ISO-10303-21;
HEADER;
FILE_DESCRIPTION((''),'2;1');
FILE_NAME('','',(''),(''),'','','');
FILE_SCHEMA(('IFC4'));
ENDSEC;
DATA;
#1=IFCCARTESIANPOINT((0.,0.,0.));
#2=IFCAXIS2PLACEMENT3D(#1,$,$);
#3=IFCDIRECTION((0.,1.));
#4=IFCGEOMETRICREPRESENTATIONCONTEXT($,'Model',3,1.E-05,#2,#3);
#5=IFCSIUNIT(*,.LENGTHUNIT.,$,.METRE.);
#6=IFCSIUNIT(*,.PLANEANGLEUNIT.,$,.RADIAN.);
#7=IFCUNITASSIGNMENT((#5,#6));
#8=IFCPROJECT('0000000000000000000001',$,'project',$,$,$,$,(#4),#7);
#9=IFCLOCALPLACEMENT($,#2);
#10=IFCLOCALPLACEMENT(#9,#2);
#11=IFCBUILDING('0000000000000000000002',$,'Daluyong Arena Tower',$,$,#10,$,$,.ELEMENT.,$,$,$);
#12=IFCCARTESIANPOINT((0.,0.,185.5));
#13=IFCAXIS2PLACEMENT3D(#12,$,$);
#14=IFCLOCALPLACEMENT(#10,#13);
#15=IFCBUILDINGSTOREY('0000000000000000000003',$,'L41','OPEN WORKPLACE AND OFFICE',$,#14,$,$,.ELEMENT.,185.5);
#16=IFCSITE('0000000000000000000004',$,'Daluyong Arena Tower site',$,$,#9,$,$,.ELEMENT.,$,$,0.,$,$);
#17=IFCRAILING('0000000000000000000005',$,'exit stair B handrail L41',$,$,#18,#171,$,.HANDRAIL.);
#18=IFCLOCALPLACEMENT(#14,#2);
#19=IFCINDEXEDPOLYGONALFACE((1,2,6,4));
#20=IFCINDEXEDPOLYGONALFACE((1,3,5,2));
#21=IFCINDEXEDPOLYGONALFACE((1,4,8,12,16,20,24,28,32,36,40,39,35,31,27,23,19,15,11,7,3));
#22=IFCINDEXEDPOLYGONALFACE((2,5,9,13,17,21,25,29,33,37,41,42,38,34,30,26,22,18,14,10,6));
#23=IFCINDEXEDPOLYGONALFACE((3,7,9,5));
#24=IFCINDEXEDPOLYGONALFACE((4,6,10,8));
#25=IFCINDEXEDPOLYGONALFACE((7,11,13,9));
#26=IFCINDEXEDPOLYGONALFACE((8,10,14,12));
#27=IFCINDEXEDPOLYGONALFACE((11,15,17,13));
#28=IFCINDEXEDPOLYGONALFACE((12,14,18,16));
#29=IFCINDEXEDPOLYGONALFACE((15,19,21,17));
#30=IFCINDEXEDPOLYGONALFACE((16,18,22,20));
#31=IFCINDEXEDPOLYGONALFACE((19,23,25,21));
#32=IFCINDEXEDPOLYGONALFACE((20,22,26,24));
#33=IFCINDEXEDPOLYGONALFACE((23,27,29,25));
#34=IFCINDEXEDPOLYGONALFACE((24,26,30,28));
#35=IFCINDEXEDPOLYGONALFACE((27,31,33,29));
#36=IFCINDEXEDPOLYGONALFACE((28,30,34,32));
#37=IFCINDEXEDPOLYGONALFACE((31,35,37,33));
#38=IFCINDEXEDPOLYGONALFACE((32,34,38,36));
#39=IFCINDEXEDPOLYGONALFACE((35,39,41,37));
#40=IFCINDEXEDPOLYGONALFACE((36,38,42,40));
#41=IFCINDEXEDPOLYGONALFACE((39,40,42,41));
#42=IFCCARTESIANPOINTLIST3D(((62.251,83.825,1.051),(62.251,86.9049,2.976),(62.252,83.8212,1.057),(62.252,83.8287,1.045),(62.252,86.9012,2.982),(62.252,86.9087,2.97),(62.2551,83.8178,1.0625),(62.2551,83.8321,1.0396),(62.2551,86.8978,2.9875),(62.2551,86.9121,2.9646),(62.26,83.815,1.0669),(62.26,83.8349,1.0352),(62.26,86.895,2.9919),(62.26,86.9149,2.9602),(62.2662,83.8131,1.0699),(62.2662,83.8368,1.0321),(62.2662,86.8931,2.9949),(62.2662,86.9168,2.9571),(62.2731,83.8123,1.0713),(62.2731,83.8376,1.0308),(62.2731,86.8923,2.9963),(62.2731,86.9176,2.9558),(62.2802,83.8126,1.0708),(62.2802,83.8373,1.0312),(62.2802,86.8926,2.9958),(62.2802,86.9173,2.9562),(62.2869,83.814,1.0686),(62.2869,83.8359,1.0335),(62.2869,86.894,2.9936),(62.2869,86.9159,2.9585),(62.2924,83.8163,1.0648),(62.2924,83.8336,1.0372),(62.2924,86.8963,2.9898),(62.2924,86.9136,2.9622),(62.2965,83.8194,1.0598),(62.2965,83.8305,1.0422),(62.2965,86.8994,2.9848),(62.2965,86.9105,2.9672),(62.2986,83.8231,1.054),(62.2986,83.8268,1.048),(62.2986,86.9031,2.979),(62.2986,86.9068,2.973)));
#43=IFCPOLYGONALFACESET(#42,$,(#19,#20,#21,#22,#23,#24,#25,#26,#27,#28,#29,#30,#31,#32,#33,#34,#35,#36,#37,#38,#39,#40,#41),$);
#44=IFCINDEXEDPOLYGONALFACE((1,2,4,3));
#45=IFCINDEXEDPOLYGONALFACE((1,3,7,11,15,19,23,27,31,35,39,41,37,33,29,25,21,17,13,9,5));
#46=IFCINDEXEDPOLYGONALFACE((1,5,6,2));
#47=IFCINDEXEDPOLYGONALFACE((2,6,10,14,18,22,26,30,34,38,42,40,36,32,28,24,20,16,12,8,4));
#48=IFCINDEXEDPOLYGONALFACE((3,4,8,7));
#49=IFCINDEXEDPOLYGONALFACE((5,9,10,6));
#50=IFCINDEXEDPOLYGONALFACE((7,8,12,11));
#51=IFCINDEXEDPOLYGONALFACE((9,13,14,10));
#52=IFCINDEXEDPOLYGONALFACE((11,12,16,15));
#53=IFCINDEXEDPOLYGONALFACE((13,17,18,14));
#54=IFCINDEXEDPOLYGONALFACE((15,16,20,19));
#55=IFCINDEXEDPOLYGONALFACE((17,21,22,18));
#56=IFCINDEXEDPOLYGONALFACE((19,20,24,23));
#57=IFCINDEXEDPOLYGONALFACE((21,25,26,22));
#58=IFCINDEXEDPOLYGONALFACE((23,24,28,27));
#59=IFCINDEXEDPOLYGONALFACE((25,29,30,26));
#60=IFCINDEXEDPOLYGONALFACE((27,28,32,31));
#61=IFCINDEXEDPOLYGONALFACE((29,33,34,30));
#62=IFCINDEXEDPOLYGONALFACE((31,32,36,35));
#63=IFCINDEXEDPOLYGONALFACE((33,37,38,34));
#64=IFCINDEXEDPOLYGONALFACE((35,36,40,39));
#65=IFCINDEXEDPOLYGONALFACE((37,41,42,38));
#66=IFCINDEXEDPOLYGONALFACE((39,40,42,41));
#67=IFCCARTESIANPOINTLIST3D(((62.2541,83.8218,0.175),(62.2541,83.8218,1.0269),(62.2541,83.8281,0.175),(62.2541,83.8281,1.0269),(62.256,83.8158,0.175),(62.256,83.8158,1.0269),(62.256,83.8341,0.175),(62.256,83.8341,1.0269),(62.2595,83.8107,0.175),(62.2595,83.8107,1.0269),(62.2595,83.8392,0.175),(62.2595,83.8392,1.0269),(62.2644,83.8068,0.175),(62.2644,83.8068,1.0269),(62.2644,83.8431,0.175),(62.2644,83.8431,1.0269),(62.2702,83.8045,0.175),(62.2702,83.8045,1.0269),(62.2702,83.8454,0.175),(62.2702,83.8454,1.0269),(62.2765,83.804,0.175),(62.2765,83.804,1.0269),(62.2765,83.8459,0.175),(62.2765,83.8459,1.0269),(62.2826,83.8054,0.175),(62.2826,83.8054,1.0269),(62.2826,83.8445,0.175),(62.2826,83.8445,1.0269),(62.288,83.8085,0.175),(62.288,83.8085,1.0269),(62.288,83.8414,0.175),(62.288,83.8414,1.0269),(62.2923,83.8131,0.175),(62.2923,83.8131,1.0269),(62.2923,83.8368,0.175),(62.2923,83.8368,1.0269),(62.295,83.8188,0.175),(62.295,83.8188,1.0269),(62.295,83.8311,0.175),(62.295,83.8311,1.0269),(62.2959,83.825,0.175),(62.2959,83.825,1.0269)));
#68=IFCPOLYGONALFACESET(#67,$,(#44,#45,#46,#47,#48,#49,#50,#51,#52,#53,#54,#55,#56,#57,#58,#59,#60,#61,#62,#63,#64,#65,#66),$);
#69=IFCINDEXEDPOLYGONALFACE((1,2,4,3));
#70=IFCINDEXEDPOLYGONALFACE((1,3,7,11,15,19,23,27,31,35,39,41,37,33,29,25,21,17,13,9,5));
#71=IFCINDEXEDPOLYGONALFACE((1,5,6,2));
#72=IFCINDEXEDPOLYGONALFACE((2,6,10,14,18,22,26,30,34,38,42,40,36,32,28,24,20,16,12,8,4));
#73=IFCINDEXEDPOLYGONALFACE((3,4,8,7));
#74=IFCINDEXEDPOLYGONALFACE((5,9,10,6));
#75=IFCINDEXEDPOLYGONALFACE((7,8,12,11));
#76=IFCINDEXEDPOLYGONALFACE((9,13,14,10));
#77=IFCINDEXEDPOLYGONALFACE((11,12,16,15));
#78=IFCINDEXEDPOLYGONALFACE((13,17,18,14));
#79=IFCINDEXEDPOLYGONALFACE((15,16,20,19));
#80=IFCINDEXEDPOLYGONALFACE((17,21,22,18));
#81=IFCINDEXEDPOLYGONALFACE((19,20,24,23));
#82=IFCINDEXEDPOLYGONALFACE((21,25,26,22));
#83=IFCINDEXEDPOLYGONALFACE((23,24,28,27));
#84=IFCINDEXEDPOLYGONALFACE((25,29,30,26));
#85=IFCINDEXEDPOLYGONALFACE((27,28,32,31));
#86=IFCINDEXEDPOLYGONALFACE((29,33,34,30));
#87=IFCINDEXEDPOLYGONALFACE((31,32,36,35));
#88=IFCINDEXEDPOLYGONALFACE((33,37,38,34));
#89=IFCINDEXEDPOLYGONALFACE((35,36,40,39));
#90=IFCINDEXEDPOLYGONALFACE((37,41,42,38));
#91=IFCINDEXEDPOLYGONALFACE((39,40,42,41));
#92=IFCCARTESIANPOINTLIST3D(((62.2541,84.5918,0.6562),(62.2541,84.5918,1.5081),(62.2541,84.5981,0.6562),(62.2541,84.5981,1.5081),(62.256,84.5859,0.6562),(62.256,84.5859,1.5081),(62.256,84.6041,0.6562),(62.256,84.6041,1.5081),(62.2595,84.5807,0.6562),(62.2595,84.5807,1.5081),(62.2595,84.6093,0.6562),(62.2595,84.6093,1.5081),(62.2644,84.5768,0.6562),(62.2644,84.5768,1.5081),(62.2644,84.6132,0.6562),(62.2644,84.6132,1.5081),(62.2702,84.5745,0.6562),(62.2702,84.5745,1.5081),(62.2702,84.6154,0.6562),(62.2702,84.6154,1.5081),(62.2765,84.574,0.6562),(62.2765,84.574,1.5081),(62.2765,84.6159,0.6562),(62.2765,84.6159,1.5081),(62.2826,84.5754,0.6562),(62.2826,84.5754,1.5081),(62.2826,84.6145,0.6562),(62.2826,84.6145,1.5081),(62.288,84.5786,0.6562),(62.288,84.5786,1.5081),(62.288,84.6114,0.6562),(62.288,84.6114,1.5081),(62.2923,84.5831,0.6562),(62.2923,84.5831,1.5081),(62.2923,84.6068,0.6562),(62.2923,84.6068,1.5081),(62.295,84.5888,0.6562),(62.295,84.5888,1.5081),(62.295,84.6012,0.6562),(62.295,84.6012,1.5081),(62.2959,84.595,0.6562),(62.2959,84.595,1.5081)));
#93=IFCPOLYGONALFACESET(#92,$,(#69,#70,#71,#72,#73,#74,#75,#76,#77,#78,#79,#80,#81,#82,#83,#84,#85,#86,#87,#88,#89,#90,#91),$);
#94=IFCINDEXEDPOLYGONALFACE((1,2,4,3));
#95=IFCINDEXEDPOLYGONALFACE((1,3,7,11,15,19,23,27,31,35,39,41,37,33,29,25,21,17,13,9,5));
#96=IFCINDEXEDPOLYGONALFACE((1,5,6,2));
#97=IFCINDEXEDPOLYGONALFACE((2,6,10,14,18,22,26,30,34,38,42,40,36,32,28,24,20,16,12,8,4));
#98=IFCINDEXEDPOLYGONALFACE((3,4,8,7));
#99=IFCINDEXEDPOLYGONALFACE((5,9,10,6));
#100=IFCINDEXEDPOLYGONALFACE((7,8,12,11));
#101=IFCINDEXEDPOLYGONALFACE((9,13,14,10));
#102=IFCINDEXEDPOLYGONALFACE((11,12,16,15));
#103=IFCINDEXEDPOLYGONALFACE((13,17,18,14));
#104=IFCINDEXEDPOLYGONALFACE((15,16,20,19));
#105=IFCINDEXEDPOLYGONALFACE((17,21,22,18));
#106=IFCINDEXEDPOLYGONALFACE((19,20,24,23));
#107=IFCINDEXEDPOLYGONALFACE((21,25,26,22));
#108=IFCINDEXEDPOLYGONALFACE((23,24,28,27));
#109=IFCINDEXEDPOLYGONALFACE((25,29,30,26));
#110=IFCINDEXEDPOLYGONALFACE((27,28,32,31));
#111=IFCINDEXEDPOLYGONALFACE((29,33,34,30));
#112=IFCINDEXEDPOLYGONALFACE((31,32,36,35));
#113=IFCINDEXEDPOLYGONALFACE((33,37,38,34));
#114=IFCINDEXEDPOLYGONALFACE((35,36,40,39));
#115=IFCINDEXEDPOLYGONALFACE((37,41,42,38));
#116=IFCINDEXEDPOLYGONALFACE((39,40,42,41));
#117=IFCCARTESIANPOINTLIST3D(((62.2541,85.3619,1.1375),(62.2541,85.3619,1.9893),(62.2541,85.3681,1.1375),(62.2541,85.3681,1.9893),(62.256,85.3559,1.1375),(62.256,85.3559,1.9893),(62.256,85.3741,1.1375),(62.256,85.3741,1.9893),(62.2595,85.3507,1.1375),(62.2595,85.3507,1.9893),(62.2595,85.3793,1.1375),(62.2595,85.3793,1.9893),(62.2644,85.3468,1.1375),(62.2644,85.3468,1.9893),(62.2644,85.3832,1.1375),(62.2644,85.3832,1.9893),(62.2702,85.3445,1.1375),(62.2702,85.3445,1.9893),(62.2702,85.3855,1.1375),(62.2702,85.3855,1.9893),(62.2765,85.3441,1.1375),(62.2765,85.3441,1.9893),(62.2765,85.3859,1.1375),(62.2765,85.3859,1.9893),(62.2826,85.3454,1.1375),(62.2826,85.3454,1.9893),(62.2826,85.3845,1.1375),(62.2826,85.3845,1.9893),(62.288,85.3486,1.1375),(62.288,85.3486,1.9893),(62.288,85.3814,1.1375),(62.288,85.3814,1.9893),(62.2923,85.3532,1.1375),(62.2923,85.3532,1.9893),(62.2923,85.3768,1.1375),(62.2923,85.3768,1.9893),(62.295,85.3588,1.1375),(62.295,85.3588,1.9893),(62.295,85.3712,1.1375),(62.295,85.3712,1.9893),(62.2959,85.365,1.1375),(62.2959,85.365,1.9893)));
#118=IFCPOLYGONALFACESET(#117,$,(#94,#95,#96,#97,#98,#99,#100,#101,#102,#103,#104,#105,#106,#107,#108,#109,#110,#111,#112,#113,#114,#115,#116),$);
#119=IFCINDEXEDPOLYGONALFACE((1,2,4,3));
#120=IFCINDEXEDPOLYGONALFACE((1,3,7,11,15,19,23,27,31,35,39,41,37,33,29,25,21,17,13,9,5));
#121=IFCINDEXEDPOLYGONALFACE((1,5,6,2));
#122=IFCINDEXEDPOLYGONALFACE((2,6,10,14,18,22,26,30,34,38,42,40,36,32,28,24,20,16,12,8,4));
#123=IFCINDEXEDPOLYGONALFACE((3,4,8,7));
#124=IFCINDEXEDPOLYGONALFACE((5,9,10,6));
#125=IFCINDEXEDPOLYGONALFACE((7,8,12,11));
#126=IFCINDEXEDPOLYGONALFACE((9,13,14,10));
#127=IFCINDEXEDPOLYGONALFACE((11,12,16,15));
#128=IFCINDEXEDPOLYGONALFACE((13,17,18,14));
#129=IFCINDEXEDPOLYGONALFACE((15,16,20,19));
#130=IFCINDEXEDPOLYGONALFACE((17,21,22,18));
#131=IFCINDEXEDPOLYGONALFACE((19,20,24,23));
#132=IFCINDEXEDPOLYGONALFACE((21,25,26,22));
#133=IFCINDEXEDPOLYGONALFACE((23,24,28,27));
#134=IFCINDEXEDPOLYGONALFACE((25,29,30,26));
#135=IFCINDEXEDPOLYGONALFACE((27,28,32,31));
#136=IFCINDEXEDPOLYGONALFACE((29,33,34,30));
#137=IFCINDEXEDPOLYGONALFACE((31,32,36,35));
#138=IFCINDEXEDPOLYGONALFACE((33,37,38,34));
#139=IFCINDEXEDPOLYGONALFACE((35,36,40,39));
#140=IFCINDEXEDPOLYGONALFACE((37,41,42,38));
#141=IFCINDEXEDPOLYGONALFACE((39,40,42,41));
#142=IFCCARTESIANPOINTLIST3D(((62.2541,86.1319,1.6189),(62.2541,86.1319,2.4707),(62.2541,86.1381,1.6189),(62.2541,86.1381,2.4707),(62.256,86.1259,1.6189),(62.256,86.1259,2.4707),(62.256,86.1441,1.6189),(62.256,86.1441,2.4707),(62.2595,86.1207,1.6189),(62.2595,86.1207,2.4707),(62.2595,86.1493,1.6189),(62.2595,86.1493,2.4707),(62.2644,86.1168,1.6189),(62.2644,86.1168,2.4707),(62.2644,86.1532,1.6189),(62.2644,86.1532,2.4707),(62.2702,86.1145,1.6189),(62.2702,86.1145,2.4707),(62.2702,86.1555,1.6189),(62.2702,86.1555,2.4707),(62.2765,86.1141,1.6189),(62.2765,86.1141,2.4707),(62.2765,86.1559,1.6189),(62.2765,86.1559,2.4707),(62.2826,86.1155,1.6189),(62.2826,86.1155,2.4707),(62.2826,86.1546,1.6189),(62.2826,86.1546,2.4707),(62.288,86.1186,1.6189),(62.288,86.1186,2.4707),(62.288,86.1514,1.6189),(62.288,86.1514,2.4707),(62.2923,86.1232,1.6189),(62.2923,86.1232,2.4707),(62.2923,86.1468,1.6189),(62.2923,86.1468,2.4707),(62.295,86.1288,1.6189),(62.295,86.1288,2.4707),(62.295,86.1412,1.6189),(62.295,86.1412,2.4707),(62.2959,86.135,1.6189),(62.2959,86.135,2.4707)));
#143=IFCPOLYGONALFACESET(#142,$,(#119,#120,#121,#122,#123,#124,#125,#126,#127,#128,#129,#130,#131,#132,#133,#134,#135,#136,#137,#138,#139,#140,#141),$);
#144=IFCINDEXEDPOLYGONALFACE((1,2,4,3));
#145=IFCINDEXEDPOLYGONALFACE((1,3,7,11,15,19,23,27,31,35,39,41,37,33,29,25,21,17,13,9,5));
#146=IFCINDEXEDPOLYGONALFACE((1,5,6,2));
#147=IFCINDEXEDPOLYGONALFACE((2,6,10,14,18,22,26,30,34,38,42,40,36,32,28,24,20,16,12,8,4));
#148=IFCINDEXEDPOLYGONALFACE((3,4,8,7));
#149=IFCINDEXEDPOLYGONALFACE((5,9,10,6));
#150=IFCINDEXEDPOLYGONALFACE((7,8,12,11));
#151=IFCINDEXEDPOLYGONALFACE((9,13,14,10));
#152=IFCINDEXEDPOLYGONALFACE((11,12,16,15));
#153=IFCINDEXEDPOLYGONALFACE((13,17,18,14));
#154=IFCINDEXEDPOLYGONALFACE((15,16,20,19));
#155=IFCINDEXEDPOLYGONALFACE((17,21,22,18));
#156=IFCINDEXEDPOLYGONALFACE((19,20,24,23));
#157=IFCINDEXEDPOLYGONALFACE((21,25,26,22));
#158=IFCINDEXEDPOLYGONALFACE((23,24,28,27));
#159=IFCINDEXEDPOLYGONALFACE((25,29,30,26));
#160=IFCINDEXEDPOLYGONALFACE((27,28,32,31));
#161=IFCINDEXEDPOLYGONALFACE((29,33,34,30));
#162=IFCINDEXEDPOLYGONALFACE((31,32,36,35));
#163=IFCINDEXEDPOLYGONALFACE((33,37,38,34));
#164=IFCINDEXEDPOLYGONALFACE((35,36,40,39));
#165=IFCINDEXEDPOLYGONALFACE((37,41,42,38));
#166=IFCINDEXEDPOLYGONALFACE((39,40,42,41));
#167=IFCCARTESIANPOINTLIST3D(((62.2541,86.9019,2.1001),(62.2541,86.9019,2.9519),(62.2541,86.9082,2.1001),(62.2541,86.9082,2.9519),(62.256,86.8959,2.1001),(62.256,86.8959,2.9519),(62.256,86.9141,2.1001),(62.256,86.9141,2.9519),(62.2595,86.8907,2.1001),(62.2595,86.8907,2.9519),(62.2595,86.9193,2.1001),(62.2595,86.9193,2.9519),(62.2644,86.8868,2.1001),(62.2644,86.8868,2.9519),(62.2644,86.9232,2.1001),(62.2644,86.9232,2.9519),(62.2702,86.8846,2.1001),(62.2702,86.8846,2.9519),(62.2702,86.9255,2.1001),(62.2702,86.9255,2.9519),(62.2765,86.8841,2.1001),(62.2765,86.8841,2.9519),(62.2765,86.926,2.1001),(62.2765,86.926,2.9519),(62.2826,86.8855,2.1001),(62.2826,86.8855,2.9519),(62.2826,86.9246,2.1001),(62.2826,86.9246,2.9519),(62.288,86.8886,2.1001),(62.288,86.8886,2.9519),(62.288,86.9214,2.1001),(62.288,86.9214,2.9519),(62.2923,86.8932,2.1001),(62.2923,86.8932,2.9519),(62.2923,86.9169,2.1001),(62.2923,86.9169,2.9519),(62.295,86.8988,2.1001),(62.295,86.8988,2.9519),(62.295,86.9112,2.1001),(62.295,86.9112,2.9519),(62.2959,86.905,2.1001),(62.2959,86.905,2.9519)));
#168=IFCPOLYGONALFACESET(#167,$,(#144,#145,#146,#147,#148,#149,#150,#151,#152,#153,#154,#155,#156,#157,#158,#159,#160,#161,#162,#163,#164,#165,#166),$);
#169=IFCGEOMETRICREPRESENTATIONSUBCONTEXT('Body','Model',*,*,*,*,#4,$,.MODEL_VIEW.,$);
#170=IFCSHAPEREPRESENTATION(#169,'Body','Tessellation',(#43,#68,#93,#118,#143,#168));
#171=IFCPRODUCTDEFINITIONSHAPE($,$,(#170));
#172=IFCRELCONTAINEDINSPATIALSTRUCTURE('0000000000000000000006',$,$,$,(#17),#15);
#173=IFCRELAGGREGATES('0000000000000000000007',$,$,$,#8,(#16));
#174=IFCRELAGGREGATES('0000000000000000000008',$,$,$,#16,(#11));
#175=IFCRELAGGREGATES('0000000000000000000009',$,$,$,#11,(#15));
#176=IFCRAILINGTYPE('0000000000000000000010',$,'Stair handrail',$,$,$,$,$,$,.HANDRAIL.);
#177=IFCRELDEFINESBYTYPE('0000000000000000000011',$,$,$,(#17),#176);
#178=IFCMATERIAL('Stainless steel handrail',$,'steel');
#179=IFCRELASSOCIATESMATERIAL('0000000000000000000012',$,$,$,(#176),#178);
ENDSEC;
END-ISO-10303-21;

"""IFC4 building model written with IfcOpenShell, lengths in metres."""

from ifc_helpers import new_model, si_unit, direction, frame, origin, origin_2d, place, context, subcontext, project, spatial, circle, extrude, material, type_object, element, save


model = new_model("IFC4")

# Units and contexts
model_context = context("Model", 3, precision=1e-05, world=origin(), true_north=direction((0.0, 1.0)))
body_context = subcontext(model_context, "Body", "Model", "MODEL_VIEW")
ifc_project = project(units=[si_unit("LENGTHUNIT", "METRE"), si_unit("PLANEANGLEUNIT", "RADIAN")], contexts=[model_context])

# Site, building, storey
site_placement = place(None, origin())
site = spatial("IfcSite", under=ifc_project, at=site_placement, Name="Daluyong Arena Tower site", CompositionType="ELEMENT", RefElevation=0.0)
building_placement = place(site_placement, origin())
building = spatial("IfcBuilding", under=site, at=building_placement, Name="Daluyong Arena Tower", CompositionType="ELEMENT")
storey_placement = place(building_placement, frame((0.0, 0.0, 185.5)))
storey = spatial("IfcBuildingStorey", under=building, at=storey_placement, Name="L41", Description="OPEN WORKPLACE AND OFFICE", CompositionType="ELEMENT", Elevation=185.5)

# Railing
ifc_material_1 = material(Name="Stainless steel handrail", Category="steel")
railing_type_1 = type_object("IfcRailingType", Name="Stair handrail", PredefinedType="HANDRAIL", material=ifc_material_1)
railing_1_placement = place(storey_placement, frame((62.2749, 83.825, 0.175)))
element("IfcRailing", 1, at=railing_1_placement, inside=storey, type_object=railing_type_1, Name="exit stair B handrail L41", PredefinedType="HANDRAIL", context=body_context, shape_type="SweptSolid", body=[
    extrude(circle(Radius=0.0239, at=origin_2d()), frame((0.0, 0.0, 0.876), z_axis=(0.0, 0.847998, 0.529999), x_axis=(-1.0, 0.0, 0.0)), (0.0, 0.0, 1.0), 3.6321),
    extrude(circle(Radius=0.021, at=origin_2d()), origin(), (0.0, 0.0, 1.0), 0.8518),
    extrude(circle(Radius=0.021, at=origin_2d()), frame((0.0, 0.77, 0.4812)), (0.0, 0.0, 1.0), 0.8518),
    extrude(circle(Radius=0.021, at=origin_2d()), frame((0.0, 1.54, 0.9624)), (0.0, 0.0, 1.0), 0.8518),
    extrude(circle(Radius=0.021, at=origin_2d()), frame((0.0, 2.3101, 1.4438)), (0.0, 0.0, 1.0), 0.8518),
    extrude(circle(Radius=0.021, at=origin_2d()), frame((0.0, 3.0801, 1.925)), (0.0, 0.0, 1.0), 0.8518),
])

save(model, "model.ifc")
